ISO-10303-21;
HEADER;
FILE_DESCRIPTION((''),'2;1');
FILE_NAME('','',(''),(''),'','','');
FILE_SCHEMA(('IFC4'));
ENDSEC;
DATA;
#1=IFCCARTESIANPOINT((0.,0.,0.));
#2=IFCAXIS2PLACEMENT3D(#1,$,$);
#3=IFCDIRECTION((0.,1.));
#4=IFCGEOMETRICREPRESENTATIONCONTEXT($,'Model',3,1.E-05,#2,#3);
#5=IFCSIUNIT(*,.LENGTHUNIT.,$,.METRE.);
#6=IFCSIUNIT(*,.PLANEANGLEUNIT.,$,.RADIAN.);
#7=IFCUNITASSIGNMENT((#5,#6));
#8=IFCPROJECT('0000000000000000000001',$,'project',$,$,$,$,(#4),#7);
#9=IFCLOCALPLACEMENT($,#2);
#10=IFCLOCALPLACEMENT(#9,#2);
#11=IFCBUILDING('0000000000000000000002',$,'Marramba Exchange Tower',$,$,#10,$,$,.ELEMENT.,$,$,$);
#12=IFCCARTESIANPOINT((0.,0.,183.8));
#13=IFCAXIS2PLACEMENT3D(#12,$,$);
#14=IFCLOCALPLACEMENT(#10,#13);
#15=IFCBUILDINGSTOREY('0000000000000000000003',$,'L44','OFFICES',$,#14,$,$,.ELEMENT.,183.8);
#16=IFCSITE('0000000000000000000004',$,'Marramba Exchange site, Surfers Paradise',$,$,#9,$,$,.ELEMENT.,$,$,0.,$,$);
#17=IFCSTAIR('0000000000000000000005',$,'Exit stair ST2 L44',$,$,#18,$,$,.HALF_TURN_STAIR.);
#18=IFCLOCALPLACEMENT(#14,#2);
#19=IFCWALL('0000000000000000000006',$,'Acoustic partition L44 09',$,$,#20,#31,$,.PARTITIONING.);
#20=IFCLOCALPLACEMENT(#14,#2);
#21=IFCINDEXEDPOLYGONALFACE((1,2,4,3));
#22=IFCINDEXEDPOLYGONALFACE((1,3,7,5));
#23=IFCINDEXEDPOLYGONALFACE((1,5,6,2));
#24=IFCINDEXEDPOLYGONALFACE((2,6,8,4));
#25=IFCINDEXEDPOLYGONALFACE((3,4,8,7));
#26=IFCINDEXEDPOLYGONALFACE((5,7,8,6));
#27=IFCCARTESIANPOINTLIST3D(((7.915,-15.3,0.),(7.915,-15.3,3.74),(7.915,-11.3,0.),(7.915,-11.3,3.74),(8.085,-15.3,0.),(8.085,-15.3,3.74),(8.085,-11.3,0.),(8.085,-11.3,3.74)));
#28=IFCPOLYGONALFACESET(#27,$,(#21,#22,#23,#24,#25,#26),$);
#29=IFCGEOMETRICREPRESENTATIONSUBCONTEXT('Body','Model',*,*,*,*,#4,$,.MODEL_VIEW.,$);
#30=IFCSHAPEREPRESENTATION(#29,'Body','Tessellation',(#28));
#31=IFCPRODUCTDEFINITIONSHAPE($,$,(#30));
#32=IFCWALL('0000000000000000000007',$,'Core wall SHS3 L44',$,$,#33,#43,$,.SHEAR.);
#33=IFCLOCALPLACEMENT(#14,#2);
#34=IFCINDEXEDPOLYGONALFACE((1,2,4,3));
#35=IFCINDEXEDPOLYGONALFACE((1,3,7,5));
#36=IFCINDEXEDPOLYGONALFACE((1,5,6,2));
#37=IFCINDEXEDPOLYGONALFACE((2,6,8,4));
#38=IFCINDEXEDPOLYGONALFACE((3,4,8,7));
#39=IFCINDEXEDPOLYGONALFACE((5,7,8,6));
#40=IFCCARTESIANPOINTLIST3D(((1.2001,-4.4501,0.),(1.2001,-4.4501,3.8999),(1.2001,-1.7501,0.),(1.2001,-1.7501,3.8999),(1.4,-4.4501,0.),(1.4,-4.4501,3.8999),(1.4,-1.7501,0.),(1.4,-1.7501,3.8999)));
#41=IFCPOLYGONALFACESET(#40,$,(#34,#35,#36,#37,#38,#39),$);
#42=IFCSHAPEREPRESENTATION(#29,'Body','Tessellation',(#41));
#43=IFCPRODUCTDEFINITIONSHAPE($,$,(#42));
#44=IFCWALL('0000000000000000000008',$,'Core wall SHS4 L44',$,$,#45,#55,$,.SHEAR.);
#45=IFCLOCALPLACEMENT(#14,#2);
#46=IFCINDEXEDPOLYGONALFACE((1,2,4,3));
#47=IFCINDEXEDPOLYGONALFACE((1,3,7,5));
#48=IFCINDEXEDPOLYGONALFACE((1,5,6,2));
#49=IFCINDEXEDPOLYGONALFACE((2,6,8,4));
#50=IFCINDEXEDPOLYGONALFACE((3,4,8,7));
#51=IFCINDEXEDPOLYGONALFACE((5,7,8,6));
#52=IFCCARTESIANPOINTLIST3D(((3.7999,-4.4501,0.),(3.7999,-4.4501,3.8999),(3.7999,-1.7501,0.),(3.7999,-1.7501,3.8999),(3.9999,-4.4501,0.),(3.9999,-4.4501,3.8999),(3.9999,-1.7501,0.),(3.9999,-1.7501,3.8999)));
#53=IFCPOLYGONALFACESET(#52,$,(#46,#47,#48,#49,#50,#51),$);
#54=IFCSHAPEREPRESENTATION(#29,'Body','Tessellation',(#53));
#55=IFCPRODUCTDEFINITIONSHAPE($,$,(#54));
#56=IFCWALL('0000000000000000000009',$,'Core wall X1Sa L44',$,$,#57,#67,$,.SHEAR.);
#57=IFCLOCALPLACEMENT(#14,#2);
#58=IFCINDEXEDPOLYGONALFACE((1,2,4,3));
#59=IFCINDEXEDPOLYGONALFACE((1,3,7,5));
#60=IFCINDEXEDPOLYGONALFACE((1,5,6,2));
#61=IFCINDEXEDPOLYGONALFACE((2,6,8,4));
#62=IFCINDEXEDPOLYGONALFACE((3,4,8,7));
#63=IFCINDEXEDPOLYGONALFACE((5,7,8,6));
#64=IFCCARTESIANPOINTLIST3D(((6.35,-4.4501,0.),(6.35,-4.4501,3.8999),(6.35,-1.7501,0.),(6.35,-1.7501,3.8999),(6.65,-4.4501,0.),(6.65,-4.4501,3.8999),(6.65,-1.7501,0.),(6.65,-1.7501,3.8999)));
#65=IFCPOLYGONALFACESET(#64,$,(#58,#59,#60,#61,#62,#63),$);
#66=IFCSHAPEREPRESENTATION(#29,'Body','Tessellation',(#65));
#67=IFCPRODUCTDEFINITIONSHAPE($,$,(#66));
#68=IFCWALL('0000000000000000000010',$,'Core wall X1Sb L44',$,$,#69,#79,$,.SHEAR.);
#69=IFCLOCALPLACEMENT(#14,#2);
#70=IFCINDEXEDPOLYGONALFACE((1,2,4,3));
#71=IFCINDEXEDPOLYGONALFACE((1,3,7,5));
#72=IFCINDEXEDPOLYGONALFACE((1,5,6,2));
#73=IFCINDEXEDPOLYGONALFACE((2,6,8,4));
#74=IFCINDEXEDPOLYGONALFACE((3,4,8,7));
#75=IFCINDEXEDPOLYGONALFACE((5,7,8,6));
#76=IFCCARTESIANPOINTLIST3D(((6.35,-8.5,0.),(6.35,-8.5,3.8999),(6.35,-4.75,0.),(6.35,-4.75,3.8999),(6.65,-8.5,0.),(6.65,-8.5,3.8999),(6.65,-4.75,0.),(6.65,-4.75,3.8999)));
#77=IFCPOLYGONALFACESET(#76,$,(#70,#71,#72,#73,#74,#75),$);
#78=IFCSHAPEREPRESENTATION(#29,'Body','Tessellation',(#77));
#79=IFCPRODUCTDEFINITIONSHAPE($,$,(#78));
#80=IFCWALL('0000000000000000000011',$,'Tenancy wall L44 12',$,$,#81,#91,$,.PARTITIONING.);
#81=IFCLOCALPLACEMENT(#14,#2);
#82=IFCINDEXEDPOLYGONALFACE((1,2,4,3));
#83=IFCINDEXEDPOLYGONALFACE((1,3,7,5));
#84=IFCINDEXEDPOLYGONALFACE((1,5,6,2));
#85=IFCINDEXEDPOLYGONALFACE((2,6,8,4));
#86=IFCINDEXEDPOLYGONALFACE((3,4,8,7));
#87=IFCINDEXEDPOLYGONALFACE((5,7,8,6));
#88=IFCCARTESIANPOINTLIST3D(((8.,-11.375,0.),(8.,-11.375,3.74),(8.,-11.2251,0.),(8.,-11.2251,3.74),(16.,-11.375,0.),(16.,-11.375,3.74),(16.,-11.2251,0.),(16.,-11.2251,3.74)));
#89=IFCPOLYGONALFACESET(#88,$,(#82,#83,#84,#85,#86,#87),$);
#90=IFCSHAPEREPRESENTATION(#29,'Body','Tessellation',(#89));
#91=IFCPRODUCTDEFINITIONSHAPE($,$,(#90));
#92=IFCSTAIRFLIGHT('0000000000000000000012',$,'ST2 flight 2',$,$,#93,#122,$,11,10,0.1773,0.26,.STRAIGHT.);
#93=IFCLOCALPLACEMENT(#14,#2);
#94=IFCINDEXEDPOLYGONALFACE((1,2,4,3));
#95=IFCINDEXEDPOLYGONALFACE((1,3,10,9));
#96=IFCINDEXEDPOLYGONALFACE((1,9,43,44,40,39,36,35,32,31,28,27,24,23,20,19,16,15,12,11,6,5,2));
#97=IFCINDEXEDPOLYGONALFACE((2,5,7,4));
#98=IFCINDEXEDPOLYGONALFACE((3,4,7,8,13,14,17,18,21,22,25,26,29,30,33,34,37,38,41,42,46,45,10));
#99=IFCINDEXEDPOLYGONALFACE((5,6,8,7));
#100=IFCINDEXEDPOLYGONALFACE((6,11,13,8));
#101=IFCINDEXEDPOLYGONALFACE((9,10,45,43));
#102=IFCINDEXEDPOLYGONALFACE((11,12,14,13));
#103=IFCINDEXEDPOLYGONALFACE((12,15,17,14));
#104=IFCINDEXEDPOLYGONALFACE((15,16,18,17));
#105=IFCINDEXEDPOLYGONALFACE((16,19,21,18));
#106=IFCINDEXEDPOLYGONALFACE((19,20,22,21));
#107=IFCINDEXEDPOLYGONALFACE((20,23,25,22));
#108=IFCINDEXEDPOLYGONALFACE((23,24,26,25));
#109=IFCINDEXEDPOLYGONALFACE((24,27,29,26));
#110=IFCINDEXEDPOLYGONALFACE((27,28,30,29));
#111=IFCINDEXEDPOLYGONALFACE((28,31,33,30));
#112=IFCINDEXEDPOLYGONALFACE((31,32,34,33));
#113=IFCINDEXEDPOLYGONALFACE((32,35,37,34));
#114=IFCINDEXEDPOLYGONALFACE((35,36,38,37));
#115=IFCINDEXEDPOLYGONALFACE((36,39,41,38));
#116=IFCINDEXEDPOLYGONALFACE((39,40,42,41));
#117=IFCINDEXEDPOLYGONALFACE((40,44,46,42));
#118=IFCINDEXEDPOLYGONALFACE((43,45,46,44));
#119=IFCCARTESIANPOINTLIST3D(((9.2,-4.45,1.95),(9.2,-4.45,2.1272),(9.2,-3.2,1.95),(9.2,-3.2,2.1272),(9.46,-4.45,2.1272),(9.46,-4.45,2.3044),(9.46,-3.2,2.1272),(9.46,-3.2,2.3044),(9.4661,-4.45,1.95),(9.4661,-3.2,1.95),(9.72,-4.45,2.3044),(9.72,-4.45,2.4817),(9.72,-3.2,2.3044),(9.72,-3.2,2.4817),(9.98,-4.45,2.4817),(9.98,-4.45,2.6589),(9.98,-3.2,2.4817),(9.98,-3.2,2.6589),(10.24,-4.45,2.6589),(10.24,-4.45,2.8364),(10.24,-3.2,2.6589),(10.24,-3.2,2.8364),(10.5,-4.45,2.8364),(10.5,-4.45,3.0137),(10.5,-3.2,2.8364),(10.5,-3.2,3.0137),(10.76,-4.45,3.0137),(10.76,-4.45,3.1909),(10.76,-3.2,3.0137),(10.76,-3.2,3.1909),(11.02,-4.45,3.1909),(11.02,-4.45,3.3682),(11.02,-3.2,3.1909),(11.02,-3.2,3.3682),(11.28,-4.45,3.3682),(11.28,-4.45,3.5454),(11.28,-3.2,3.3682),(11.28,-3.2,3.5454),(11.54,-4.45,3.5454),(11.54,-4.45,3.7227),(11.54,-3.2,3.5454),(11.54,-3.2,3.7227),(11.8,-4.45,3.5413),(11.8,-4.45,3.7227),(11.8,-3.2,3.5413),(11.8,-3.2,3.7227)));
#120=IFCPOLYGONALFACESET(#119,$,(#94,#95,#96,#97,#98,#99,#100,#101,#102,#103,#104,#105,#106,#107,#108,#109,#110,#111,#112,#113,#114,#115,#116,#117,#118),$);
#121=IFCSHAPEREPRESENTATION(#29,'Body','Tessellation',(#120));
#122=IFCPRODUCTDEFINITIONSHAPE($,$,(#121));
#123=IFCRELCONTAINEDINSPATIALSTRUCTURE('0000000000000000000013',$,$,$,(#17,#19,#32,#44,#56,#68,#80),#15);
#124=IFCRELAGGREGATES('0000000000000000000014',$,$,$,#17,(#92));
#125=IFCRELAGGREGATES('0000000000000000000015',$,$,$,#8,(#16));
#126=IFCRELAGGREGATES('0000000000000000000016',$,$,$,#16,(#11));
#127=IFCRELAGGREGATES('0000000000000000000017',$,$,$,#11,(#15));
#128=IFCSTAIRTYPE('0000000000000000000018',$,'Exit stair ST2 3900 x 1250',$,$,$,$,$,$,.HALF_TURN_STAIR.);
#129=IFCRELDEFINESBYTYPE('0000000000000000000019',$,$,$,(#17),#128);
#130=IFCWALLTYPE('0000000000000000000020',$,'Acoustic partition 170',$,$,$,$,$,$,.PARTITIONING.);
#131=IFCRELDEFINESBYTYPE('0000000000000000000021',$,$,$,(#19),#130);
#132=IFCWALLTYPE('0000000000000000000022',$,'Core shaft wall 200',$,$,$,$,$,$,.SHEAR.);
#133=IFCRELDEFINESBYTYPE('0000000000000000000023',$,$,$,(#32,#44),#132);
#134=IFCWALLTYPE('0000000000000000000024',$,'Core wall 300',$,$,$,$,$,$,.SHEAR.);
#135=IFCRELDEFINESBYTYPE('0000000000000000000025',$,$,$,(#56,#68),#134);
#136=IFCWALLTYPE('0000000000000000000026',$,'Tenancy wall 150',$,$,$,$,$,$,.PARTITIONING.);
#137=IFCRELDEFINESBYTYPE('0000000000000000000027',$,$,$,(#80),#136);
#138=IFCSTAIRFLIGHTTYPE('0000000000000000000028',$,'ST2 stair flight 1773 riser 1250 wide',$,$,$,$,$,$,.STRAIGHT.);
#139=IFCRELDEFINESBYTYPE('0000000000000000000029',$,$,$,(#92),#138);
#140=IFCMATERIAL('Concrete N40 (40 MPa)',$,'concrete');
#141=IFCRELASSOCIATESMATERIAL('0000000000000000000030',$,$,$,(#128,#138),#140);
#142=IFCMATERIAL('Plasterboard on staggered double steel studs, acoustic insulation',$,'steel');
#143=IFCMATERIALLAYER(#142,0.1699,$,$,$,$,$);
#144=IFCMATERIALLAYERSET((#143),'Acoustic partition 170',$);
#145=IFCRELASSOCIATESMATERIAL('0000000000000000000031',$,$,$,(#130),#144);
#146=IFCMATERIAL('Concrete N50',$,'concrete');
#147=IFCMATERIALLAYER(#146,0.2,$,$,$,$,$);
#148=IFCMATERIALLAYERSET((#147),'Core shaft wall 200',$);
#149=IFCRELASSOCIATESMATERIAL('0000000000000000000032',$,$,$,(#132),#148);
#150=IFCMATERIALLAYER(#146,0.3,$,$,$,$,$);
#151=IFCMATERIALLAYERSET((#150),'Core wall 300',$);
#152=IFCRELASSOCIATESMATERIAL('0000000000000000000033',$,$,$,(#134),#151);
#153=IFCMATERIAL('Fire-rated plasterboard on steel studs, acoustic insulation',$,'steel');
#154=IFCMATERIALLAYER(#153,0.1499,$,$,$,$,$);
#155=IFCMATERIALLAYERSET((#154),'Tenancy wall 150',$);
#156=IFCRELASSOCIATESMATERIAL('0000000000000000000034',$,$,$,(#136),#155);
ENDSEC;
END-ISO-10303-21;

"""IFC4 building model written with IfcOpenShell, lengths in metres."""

from ifc_helpers import new_model, si_unit, direction, frame, frame_2d, origin, place, context, subcontext, project, spatial, polyline, rectangle, outline, extrude, material, layer, layer_set, type_object, element, aggregate, save


model = new_model("IFC4")

# Units and contexts
model_context = context("Model", 3, precision=1e-05, world=origin(), true_north=direction((0.0, 1.0)))
body_context = subcontext(model_context, "Body", "Model", "MODEL_VIEW")
ifc_project = project(units=[si_unit("LENGTHUNIT", "METRE"), si_unit("PLANEANGLEUNIT", "RADIAN")], contexts=[model_context])

# Site, building, storey
site_placement = place(None, origin())
site = spatial("IfcSite", under=ifc_project, at=site_placement, Name="Marramba Exchange site, Surfers Paradise", CompositionType="ELEMENT", RefElevation=0.0)
building_placement = place(site_placement, origin())
building = spatial("IfcBuilding", under=site, at=building_placement, Name="Marramba Exchange Tower", CompositionType="ELEMENT")
storey_placement = place(building_placement, frame((0.0, 0.0, 183.8)))
storey = spatial("IfcBuildingStorey", under=building, at=storey_placement, Name="L44", Description="OFFICES", CompositionType="ELEMENT", Elevation=183.8)

# Stair
ifc_material_1 = material(Name="Concrete N40 (40 MPa)", Category="concrete")
stair_type_1 = type_object("IfcStairType", Name="Exit stair ST2 3900 x 1250", PredefinedType="HALF_TURN_STAIR", material=ifc_material_1)
stair_1_placement = place(storey_placement, origin())
stair_1 = element("IfcStair", 1, at=stair_1_placement, inside=storey, type_object=stair_type_1, Name="Exit stair ST2 L44", PredefinedType="HALF_TURN_STAIR")

# Walls
ifc_material_2 = material(Name="Plasterboard on staggered double steel studs, acoustic insulation", Category="steel")
ifc_layer_1 = layer(ifc_material_2, 0.1699)
ifc_layer_set_1 = layer_set([ifc_layer_1], Name="Acoustic partition 170")
wall_type_1 = type_object("IfcWallType", Name="Acoustic partition 170", PredefinedType="PARTITIONING", material=ifc_layer_set_1)
wall_1_placement = place(storey_placement, frame((8.0, -11.3, 0.0), z_axis=(0.0, 0.0, 1.0), x_axis=(0.0, -1.0, 0.0)))
element("IfcWall", 2, at=wall_1_placement, inside=storey, type_object=wall_type_1, Name="Acoustic partition L44 09", PredefinedType="PARTITIONING", context=body_context, shape_type="SweptSolid", body=[
    extrude(rectangle(XDim=4.0, YDim=0.1699, at=frame_2d((2.0, 0.0))), origin(), (0.0, 0.0, 1.0), 3.74),
])
ifc_material_3 = material(Name="Concrete N50", Category="concrete")
ifc_layer_2 = layer(ifc_material_3, 0.2)
ifc_layer_set_2 = layer_set([ifc_layer_2], Name="Core shaft wall 200")
wall_type_2 = type_object("IfcWallType", Name="Core shaft wall 200", PredefinedType="SHEAR", material=ifc_layer_set_2)
for number, where, z_axis, x_axis, name in (
    (3, (1.3, -1.75, 0.0), (0.0, 0.0, 1.0), (0.0, -1.0, 0.0), "Core wall SHS3 L44"),
    (4, (3.8999, -1.75, 0.0), (0.0, 0.0, 1.0), (0.0, -1.0, 0.0), "Core wall SHS4 L44"),
):
    element("IfcWall", number, at=place(storey_placement, frame(where, z_axis=z_axis, x_axis=x_axis)), inside=storey, type_object=wall_type_2, Name=name, PredefinedType="SHEAR", context=body_context, shape_type="SweptSolid", body=[
        extrude(rectangle(XDim=2.7, YDim=0.2, at=frame_2d((1.3501, 0.0))), origin(), (0.0, 0.0, 1.0), 3.8999),
    ])
ifc_layer_3 = layer(ifc_material_3, 0.3)
ifc_layer_set_3 = layer_set([ifc_layer_3], Name="Core wall 300")
wall_type_3 = type_object("IfcWallType", Name="Core wall 300", PredefinedType="SHEAR", material=ifc_layer_set_3)
wall_2_placement = place(storey_placement, frame((6.5, -1.75, 0.0), z_axis=(0.0, 0.0, 1.0), x_axis=(0.0, -1.0, 0.0)))
element("IfcWall", 5, at=wall_2_placement, inside=storey, type_object=wall_type_3, Name="Core wall X1Sa L44", PredefinedType="SHEAR", context=body_context, shape_type="SweptSolid", body=[
    extrude(rectangle(XDim=2.7, YDim=0.3, at=frame_2d((1.3501, 0.0))), origin(), (0.0, 0.0, 1.0), 3.8999),
])
wall_3_placement = place(storey_placement, frame((6.5, -4.75, 0.0), z_axis=(0.0, 0.0, 1.0), x_axis=(0.0, -1.0, 0.0)))
element("IfcWall", 6, at=wall_3_placement, inside=storey, type_object=wall_type_3, Name="Core wall X1Sb L44", PredefinedType="SHEAR", context=body_context, shape_type="SweptSolid", body=[
    extrude(rectangle(XDim=3.75, YDim=0.3, at=frame_2d((1.875, 0.0))), origin(), (0.0, 0.0, 1.0), 3.8999),
])

# Wall
ifc_material_4 = material(Name="Fire-rated plasterboard on steel studs, acoustic insulation", Category="steel")
ifc_layer_4 = layer(ifc_material_4, 0.1499)
ifc_layer_set_4 = layer_set([ifc_layer_4], Name="Tenancy wall 150")
wall_type_4 = type_object("IfcWallType", Name="Tenancy wall 150", PredefinedType="PARTITIONING", material=ifc_layer_set_4)
wall_4_placement = place(storey_placement, frame((8.0, -11.3, 0.0), z_axis=(0.0, 0.0, 1.0), x_axis=(1.0, 0.0, 0.0)))
element("IfcWall", 7, at=wall_4_placement, inside=storey, type_object=wall_type_4, Name="Tenancy wall L44 12", PredefinedType="PARTITIONING", context=body_context, shape_type="SweptSolid", body=[
    extrude(rectangle(XDim=8.0, YDim=0.1499, at=frame_2d((4.0, 0.0))), origin(), (0.0, 0.0, 1.0), 3.74),
])

# Stair flight
stair_flight_type = type_object("IfcStairFlightType", Name="ST2 stair flight 1773 riser 1250 wide", PredefinedType="STRAIGHT", material=ifc_material_1)
stair_flight_placement = place(storey_placement, frame((9.2, -3.825, 1.95), z_axis=(0.0, 0.0, 1.0), x_axis=(1.0, 0.0, 0.0)))
stair_flight = element("IfcStairFlight", 8, at=stair_flight_placement, type_object=stair_flight_type, Name="ST2 flight 2", NumberOfRisers=11, NumberOfTreads=10, PredefinedType="STRAIGHT", RiserHeight=0.1773, TreadLength=0.26, context=body_context, shape_type="SweptSolid", body=[
    extrude(outline(polyline([(0.0, 0.0), (0.0, 0.1772), (0.26, 0.1772), (0.26, 0.3545), (0.52, 0.3545), (0.52, 0.5317), (0.78, 0.5317), (0.78, 0.709), (1.04, 0.709), (1.04, 0.8865), (1.3, 0.8865), (1.3, 1.0637), (1.5601, 1.0637), (1.5601, 1.241), (1.8201, 1.241), (1.8201, 1.4182), (2.0801, 1.4182), (2.0801, 1.5955), (2.3401, 1.5955), (2.3401, 1.7727), (2.6001, 1.7727), (2.6001, 1.95), (2.6001, 1.5913), (0.2661, 0.0), (0.0, 0.0)])), frame((0.0, 0.625, 0.0), z_axis=(0.0, -1.0, 0.0), x_axis=(1.0, 0.0, 0.0)), (0.0, 0.0, 1.0), 1.25),
])
aggregate(stair_1, [stair_flight])

save(model, "model.ifc")
